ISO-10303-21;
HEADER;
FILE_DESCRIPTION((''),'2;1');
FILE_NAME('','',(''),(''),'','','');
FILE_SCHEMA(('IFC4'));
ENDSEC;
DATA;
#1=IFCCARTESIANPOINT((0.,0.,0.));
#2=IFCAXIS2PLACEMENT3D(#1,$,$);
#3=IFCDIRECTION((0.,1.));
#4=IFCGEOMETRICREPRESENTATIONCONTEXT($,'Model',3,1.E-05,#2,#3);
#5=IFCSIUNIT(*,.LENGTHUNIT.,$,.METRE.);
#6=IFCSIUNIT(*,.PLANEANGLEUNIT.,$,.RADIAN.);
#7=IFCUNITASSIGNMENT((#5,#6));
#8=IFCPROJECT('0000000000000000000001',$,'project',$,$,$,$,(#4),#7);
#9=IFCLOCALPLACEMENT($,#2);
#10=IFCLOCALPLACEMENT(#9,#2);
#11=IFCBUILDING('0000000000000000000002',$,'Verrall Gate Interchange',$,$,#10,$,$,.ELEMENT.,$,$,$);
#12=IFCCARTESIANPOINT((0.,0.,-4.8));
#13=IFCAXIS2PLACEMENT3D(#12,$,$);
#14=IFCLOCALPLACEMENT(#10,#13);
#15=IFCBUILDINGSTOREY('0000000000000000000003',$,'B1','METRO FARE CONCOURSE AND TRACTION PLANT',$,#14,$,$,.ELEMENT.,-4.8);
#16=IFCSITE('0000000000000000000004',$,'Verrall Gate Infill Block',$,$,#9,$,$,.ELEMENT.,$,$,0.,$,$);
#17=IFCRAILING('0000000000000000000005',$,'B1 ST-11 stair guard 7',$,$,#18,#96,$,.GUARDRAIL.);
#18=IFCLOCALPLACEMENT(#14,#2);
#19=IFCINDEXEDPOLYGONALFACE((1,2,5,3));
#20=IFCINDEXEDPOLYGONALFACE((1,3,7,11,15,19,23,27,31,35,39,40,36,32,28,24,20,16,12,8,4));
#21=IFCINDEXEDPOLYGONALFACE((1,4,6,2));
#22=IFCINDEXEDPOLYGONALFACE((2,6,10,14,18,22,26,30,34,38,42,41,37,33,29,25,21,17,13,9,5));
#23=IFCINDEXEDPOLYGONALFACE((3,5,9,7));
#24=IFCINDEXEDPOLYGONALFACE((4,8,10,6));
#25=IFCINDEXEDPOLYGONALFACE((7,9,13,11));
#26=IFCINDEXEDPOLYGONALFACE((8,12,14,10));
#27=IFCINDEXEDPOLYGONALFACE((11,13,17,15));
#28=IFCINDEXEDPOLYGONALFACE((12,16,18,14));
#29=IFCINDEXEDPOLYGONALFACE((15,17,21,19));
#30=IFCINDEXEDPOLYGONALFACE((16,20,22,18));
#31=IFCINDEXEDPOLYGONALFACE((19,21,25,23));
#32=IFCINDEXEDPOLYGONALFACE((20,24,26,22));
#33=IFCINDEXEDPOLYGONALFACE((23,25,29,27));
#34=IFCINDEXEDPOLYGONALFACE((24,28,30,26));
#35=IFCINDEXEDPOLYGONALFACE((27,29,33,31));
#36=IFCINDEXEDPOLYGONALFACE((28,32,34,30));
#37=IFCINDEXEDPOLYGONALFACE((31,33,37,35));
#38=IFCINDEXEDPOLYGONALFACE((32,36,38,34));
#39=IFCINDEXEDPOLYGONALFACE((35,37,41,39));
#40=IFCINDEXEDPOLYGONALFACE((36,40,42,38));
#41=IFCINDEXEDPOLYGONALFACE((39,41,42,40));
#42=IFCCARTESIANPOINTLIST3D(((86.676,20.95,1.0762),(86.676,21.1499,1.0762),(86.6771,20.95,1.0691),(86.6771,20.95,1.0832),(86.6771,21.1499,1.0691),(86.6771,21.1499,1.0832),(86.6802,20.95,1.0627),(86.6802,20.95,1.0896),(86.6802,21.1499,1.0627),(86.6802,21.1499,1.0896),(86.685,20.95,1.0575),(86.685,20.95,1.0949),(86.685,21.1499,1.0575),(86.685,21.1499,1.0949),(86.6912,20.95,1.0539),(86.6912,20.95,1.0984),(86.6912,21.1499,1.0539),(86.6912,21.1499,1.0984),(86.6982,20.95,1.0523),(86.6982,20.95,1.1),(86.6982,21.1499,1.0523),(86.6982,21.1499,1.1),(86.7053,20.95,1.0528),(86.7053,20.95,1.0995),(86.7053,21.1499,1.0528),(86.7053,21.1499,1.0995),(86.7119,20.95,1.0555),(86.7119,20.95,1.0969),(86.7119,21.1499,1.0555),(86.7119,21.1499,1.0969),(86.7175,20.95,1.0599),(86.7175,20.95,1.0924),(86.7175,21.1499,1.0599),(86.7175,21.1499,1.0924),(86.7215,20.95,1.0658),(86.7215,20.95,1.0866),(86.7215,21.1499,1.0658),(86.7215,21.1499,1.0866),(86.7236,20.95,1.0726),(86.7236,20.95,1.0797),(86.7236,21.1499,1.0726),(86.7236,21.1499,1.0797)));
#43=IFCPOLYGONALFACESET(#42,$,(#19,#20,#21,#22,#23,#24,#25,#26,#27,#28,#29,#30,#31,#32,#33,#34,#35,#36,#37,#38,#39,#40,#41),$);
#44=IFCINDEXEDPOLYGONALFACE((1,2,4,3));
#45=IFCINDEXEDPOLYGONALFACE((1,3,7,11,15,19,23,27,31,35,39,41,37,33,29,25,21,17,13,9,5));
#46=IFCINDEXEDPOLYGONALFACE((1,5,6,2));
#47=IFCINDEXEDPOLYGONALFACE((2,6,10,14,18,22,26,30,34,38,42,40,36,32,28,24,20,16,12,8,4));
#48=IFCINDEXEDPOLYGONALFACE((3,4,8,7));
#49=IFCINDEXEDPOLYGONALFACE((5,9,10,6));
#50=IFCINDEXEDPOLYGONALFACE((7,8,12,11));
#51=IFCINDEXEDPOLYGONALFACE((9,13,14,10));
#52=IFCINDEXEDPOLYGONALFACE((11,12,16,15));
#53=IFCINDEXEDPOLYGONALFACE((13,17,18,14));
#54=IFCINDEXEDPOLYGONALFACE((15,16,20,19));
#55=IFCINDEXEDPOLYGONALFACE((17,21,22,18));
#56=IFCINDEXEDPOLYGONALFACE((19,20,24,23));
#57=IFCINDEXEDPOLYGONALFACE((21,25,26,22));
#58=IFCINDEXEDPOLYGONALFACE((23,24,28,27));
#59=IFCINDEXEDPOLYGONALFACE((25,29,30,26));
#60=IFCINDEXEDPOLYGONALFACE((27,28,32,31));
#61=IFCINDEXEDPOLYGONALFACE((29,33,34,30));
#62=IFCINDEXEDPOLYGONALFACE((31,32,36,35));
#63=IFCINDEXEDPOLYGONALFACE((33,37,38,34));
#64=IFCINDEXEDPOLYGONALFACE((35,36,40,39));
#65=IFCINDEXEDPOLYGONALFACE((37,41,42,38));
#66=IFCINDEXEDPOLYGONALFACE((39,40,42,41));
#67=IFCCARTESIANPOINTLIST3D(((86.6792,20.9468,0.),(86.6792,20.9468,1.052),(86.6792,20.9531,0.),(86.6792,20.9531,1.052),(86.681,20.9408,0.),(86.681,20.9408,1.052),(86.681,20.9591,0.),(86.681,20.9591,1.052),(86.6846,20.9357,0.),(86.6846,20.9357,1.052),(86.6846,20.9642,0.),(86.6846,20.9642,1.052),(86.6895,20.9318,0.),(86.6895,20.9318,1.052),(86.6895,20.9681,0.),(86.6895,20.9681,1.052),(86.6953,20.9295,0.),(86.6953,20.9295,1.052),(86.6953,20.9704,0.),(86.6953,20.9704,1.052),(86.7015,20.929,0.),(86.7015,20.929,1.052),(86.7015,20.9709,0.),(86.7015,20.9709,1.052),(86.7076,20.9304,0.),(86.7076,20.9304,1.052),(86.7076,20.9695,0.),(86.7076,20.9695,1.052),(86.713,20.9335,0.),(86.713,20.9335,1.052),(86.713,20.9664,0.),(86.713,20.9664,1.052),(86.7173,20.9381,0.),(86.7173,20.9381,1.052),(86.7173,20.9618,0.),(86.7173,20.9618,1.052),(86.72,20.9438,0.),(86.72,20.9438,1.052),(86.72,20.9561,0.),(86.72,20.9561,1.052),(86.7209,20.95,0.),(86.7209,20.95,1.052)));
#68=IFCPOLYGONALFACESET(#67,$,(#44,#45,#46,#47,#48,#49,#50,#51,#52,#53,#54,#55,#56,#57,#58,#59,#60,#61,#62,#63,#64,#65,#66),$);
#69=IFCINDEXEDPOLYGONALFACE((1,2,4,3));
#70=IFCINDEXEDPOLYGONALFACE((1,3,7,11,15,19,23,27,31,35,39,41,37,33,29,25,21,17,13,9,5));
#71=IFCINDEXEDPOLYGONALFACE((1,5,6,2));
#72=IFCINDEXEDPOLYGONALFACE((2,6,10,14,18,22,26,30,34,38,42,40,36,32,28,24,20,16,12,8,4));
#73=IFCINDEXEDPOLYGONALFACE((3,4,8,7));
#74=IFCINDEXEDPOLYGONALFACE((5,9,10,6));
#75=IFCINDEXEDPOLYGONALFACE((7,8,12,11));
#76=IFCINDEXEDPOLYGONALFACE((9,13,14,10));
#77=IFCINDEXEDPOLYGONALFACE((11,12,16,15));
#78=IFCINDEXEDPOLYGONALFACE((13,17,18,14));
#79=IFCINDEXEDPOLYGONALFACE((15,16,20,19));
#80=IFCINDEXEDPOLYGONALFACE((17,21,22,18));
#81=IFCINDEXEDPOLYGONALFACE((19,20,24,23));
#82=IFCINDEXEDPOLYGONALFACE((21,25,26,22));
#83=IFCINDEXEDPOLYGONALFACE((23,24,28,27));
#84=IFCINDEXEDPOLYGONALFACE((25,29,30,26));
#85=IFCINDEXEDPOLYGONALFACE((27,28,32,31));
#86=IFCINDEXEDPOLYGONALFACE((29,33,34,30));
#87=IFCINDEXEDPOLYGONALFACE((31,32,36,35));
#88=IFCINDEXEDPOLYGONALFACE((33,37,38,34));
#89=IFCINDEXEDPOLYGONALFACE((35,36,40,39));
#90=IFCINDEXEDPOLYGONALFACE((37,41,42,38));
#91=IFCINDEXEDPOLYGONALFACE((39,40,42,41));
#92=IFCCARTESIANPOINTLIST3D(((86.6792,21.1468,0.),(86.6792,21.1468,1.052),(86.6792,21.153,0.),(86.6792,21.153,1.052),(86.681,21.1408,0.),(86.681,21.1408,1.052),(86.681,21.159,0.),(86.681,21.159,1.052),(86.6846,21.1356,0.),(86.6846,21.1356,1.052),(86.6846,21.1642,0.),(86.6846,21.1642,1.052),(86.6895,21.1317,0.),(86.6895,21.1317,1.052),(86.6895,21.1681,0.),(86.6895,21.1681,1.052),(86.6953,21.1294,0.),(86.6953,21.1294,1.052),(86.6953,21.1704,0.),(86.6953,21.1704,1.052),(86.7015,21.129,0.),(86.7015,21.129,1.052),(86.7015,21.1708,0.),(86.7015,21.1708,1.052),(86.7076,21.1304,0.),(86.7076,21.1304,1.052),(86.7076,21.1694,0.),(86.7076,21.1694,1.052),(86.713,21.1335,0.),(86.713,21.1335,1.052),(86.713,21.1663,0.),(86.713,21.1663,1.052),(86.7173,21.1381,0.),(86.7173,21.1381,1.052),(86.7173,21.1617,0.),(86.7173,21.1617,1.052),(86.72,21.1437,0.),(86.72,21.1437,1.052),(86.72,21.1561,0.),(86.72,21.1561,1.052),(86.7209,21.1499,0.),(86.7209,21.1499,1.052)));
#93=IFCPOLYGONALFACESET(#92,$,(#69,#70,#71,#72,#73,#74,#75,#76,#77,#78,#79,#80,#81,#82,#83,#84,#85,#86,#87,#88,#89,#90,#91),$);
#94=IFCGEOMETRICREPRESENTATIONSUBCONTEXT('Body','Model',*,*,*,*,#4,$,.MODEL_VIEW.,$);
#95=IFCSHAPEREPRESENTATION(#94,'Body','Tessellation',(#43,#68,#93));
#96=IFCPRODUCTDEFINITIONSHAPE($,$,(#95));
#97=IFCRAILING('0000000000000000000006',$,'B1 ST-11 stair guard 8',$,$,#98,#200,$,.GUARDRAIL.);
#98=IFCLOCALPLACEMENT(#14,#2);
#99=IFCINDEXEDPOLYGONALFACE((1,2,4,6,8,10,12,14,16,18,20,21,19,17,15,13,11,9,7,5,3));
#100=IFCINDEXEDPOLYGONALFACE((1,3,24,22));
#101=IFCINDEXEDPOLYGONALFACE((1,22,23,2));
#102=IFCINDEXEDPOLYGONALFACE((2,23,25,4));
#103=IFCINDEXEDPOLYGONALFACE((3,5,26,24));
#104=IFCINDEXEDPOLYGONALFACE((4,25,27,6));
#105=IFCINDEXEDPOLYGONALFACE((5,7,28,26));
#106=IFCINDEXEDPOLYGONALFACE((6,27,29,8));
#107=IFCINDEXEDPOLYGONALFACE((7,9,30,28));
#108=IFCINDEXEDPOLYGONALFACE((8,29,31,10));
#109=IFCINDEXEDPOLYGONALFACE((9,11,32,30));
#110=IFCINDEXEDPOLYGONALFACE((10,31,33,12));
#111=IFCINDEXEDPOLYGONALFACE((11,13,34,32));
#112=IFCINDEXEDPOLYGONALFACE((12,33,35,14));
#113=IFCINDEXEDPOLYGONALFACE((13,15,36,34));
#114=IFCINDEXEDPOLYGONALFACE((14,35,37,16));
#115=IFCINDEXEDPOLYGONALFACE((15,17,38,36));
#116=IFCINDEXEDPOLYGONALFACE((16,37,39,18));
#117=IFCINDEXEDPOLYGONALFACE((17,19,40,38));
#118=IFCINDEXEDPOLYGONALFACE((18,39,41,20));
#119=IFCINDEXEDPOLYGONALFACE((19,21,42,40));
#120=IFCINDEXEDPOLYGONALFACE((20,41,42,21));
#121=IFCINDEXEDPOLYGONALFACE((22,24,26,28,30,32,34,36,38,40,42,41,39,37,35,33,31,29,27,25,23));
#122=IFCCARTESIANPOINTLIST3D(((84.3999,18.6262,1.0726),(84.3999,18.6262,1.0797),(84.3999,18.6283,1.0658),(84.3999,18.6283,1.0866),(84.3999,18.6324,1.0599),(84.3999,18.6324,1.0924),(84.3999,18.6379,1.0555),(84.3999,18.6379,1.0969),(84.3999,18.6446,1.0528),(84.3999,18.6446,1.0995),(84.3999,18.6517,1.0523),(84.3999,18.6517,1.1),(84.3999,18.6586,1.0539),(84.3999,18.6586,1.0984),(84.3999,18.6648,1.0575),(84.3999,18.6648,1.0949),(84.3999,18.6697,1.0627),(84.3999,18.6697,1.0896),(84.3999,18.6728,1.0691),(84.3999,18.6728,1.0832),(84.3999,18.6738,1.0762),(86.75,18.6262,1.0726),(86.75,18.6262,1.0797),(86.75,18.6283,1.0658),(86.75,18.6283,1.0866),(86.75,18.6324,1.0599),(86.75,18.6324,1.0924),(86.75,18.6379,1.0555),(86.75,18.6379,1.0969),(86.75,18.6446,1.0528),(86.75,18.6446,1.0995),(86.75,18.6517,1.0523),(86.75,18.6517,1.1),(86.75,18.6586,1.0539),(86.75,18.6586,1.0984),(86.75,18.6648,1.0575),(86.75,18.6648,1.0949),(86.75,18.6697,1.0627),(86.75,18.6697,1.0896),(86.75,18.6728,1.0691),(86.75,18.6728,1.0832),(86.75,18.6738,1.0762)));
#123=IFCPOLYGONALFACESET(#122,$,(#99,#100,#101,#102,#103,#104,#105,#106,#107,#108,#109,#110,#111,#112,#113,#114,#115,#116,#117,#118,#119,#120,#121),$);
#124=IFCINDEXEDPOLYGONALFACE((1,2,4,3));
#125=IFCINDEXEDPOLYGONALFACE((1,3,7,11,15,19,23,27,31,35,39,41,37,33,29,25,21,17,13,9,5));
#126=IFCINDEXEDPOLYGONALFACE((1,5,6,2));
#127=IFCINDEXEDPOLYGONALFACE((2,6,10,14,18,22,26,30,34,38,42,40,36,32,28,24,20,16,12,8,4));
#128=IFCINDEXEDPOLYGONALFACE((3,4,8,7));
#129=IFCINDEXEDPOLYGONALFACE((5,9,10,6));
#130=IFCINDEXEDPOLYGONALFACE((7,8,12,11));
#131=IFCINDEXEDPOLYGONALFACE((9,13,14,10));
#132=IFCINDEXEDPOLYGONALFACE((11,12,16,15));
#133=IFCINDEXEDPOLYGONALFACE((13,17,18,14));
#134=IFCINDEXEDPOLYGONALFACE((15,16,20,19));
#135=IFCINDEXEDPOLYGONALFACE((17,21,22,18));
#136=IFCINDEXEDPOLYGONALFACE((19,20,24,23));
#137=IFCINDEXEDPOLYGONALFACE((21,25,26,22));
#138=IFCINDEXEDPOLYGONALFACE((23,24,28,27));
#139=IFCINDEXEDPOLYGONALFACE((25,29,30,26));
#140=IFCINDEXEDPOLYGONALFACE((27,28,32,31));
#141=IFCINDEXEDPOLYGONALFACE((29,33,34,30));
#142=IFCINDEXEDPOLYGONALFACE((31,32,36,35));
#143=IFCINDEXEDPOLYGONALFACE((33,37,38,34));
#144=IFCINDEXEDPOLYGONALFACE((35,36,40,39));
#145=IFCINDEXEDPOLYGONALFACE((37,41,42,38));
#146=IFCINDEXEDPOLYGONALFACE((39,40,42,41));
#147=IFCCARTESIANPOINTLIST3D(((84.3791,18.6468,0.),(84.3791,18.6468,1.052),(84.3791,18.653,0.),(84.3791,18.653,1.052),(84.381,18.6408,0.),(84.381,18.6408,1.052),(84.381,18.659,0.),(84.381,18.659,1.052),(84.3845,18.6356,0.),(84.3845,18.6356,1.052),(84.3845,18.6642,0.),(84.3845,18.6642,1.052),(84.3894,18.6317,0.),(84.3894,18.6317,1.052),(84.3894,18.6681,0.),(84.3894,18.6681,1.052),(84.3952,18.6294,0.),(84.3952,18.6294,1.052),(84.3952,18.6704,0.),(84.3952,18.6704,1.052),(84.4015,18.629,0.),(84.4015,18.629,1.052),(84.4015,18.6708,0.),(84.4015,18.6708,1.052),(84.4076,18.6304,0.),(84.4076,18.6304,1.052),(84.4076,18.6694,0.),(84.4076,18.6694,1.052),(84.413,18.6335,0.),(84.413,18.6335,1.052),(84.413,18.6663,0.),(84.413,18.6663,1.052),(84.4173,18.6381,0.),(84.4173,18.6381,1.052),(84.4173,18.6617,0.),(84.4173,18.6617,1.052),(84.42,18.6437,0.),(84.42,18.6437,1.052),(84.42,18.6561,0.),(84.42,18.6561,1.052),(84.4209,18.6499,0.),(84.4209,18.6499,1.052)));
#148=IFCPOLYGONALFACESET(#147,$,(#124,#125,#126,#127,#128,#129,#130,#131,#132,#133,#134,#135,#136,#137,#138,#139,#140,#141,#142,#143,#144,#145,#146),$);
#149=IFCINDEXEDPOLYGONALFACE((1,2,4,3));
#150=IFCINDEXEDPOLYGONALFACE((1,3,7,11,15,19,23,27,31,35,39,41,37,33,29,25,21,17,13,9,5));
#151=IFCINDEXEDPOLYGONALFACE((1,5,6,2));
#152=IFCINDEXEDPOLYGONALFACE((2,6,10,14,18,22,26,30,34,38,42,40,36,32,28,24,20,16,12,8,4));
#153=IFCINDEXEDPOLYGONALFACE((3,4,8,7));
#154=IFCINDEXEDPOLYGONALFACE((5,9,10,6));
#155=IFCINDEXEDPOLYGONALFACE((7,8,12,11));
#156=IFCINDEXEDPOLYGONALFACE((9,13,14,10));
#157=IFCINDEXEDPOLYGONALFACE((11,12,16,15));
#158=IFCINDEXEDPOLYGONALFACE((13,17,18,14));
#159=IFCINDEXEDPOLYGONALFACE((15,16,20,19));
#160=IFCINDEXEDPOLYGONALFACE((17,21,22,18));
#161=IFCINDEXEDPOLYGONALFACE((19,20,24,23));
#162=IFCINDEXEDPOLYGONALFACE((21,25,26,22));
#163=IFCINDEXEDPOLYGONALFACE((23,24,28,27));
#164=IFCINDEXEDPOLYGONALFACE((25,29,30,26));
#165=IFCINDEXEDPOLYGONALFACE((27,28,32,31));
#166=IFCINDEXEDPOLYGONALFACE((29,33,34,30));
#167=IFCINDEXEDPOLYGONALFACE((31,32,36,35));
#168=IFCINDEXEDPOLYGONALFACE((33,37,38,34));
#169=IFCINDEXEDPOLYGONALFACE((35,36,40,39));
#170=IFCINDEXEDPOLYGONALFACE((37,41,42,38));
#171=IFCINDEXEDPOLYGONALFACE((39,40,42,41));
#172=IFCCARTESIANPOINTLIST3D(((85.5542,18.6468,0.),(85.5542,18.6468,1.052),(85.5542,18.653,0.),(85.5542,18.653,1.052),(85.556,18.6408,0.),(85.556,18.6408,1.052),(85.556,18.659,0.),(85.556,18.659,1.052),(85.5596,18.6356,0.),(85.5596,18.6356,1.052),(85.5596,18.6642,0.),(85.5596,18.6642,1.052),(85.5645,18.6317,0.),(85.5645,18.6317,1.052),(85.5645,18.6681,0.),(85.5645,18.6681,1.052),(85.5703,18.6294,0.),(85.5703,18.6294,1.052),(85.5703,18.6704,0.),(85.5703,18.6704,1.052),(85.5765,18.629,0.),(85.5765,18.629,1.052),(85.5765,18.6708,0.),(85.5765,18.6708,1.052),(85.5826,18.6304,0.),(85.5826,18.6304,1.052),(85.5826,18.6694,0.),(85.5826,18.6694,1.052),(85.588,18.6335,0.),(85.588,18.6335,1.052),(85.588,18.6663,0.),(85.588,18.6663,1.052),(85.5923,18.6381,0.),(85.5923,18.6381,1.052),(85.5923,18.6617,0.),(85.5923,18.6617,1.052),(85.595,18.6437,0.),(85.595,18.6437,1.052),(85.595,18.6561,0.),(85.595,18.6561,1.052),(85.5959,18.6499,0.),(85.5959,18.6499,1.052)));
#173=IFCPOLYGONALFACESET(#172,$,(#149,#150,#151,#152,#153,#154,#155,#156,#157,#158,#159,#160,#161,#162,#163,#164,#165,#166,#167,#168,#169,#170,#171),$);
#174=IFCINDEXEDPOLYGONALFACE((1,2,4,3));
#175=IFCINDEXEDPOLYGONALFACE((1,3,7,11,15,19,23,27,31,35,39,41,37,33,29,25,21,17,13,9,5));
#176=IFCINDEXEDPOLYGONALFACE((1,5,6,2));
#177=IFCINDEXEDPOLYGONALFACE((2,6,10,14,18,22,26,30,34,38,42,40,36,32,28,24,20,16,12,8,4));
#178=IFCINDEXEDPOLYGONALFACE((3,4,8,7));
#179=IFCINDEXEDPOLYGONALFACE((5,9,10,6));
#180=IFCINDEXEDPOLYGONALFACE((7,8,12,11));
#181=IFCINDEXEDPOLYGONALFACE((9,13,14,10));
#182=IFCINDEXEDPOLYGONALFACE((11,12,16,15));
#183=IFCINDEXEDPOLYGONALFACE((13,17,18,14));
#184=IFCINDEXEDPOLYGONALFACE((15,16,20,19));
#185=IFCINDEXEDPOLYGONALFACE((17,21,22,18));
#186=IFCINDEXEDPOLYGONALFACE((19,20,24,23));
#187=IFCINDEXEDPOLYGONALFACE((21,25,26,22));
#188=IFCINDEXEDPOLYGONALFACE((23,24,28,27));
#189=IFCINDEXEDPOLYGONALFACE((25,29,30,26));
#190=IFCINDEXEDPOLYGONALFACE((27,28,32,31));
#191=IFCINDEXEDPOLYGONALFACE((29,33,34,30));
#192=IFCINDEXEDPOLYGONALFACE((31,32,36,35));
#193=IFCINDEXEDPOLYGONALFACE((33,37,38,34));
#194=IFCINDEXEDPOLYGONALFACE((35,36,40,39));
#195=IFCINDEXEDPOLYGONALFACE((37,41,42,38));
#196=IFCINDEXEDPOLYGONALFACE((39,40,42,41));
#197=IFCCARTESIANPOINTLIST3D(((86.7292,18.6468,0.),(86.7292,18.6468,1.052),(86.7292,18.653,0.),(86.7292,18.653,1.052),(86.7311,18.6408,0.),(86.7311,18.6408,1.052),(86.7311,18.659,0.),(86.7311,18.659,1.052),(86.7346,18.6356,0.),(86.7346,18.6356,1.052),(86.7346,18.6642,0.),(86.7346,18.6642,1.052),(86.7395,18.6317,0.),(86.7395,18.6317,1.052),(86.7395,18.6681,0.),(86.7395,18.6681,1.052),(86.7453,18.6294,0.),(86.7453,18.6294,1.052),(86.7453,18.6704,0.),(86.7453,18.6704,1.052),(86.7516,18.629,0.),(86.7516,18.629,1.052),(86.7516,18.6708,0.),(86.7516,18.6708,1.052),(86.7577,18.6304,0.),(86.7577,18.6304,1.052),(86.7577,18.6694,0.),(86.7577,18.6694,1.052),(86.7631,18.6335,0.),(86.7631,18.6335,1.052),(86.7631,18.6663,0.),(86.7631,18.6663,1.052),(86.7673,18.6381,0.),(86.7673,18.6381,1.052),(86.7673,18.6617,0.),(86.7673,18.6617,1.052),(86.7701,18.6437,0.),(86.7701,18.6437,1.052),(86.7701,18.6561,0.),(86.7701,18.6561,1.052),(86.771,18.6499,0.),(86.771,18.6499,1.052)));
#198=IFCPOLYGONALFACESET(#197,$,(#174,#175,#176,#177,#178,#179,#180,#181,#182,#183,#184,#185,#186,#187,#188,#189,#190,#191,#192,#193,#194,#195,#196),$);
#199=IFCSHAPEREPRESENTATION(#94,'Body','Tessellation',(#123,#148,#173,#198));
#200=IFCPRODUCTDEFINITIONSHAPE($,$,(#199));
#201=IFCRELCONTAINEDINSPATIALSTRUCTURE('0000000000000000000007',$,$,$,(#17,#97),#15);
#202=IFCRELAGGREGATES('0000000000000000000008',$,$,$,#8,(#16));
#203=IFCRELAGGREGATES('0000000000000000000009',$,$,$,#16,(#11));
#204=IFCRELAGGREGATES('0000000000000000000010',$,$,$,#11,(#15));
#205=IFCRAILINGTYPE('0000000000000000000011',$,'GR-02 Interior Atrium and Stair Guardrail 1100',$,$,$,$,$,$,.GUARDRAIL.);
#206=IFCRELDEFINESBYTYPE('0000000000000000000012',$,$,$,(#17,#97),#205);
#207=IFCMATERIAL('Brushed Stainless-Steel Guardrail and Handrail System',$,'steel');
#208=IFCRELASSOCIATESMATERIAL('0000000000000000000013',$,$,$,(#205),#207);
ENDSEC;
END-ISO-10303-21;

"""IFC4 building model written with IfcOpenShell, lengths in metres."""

from ifc_helpers import new_model, si_unit, direction, frame, origin, origin_2d, place, context, subcontext, project, spatial, circle, extrude, material, type_object, element, save


model = new_model("IFC4")

# Units and contexts
model_context = context("Model", 3, precision=1e-05, world=origin(), true_north=direction((0.0, 1.0)))
body_context = subcontext(model_context, "Body", "Model", "MODEL_VIEW")
ifc_project = project(units=[si_unit("LENGTHUNIT", "METRE"), si_unit("PLANEANGLEUNIT", "RADIAN")], contexts=[model_context])

# Site, building, storey
site_placement = place(None, origin())
site = spatial("IfcSite", under=ifc_project, at=site_placement, Name="Verrall Gate Infill Block", CompositionType="ELEMENT", RefElevation=0.0)
building_placement = place(site_placement, origin())
building = spatial("IfcBuilding", under=site, at=building_placement, Name="Verrall Gate Interchange", CompositionType="ELEMENT")
storey_placement = place(building_placement, frame((0.0, 0.0, -4.8)))
storey = spatial("IfcBuildingStorey", under=building, at=storey_placement, Name="B1", Description="METRO FARE CONCOURSE AND TRACTION PLANT", CompositionType="ELEMENT", Elevation=-4.8)

# Railings
ifc_material_1 = material(Name="Brushed Stainless-Steel Guardrail and Handrail System", Category="steel")
railing_type_1 = type_object("IfcRailingType", Name="GR-02 Interior Atrium and Stair Guardrail 1100", PredefinedType="GUARDRAIL", material=ifc_material_1)
railing_1_placement = place(storey_placement, frame((86.7, 20.95, 0.0)))
element("IfcRailing", 1, at=railing_1_placement, inside=storey, type_object=railing_type_1, Name="B1 ST-11 stair guard 7", PredefinedType="GUARDRAIL", context=body_context, shape_type="SweptSolid", body=[
    extrude(circle(Radius=0.0239, at=origin_2d()), frame((0.0, 0.0, 1.0762), z_axis=(0.0, 1.0, 0.0), x_axis=(-1.0, 0.0, 0.0)), (0.0, 0.0, 1.0), 0.2),
    extrude(circle(Radius=0.021, at=origin_2d()), origin(), (0.0, 0.0, 1.0), 1.052),
    extrude(circle(Radius=0.021, at=origin_2d()), frame((0.0, 0.2, 0.0)), (0.0, 0.0, 1.0), 1.052),
])
for number, where, name in (
    (2, (84.3999, 18.6499, 0.0), "B1 ST-11 stair guard 8"),
):
    element("IfcRailing", number, at=place(storey_placement, frame(where)), inside=storey, type_object=railing_type_1, Name=name, PredefinedType="GUARDRAIL", context=body_context, shape_type="SweptSolid", body=[
        extrude(circle(Radius=0.0239, at=origin_2d()), frame((0.0, 0.0, 1.0762), z_axis=(1.0, 0.0, 0.0), x_axis=(0.0, 1.0, 0.0)), (0.0, 0.0, 1.0), 2.3501),
        extrude(circle(Radius=0.021, at=origin_2d()), origin(), (0.0, 0.0, 1.0), 1.052),
        extrude(circle(Radius=0.021, at=origin_2d()), frame((1.175, 0.0, 0.0)), (0.0, 0.0, 1.0), 1.052),
        extrude(circle(Radius=0.021, at=origin_2d()), frame((2.3501, 0.0, 0.0)), (0.0, 0.0, 1.0), 1.052),
    ])

save(model, "model.ifc")
